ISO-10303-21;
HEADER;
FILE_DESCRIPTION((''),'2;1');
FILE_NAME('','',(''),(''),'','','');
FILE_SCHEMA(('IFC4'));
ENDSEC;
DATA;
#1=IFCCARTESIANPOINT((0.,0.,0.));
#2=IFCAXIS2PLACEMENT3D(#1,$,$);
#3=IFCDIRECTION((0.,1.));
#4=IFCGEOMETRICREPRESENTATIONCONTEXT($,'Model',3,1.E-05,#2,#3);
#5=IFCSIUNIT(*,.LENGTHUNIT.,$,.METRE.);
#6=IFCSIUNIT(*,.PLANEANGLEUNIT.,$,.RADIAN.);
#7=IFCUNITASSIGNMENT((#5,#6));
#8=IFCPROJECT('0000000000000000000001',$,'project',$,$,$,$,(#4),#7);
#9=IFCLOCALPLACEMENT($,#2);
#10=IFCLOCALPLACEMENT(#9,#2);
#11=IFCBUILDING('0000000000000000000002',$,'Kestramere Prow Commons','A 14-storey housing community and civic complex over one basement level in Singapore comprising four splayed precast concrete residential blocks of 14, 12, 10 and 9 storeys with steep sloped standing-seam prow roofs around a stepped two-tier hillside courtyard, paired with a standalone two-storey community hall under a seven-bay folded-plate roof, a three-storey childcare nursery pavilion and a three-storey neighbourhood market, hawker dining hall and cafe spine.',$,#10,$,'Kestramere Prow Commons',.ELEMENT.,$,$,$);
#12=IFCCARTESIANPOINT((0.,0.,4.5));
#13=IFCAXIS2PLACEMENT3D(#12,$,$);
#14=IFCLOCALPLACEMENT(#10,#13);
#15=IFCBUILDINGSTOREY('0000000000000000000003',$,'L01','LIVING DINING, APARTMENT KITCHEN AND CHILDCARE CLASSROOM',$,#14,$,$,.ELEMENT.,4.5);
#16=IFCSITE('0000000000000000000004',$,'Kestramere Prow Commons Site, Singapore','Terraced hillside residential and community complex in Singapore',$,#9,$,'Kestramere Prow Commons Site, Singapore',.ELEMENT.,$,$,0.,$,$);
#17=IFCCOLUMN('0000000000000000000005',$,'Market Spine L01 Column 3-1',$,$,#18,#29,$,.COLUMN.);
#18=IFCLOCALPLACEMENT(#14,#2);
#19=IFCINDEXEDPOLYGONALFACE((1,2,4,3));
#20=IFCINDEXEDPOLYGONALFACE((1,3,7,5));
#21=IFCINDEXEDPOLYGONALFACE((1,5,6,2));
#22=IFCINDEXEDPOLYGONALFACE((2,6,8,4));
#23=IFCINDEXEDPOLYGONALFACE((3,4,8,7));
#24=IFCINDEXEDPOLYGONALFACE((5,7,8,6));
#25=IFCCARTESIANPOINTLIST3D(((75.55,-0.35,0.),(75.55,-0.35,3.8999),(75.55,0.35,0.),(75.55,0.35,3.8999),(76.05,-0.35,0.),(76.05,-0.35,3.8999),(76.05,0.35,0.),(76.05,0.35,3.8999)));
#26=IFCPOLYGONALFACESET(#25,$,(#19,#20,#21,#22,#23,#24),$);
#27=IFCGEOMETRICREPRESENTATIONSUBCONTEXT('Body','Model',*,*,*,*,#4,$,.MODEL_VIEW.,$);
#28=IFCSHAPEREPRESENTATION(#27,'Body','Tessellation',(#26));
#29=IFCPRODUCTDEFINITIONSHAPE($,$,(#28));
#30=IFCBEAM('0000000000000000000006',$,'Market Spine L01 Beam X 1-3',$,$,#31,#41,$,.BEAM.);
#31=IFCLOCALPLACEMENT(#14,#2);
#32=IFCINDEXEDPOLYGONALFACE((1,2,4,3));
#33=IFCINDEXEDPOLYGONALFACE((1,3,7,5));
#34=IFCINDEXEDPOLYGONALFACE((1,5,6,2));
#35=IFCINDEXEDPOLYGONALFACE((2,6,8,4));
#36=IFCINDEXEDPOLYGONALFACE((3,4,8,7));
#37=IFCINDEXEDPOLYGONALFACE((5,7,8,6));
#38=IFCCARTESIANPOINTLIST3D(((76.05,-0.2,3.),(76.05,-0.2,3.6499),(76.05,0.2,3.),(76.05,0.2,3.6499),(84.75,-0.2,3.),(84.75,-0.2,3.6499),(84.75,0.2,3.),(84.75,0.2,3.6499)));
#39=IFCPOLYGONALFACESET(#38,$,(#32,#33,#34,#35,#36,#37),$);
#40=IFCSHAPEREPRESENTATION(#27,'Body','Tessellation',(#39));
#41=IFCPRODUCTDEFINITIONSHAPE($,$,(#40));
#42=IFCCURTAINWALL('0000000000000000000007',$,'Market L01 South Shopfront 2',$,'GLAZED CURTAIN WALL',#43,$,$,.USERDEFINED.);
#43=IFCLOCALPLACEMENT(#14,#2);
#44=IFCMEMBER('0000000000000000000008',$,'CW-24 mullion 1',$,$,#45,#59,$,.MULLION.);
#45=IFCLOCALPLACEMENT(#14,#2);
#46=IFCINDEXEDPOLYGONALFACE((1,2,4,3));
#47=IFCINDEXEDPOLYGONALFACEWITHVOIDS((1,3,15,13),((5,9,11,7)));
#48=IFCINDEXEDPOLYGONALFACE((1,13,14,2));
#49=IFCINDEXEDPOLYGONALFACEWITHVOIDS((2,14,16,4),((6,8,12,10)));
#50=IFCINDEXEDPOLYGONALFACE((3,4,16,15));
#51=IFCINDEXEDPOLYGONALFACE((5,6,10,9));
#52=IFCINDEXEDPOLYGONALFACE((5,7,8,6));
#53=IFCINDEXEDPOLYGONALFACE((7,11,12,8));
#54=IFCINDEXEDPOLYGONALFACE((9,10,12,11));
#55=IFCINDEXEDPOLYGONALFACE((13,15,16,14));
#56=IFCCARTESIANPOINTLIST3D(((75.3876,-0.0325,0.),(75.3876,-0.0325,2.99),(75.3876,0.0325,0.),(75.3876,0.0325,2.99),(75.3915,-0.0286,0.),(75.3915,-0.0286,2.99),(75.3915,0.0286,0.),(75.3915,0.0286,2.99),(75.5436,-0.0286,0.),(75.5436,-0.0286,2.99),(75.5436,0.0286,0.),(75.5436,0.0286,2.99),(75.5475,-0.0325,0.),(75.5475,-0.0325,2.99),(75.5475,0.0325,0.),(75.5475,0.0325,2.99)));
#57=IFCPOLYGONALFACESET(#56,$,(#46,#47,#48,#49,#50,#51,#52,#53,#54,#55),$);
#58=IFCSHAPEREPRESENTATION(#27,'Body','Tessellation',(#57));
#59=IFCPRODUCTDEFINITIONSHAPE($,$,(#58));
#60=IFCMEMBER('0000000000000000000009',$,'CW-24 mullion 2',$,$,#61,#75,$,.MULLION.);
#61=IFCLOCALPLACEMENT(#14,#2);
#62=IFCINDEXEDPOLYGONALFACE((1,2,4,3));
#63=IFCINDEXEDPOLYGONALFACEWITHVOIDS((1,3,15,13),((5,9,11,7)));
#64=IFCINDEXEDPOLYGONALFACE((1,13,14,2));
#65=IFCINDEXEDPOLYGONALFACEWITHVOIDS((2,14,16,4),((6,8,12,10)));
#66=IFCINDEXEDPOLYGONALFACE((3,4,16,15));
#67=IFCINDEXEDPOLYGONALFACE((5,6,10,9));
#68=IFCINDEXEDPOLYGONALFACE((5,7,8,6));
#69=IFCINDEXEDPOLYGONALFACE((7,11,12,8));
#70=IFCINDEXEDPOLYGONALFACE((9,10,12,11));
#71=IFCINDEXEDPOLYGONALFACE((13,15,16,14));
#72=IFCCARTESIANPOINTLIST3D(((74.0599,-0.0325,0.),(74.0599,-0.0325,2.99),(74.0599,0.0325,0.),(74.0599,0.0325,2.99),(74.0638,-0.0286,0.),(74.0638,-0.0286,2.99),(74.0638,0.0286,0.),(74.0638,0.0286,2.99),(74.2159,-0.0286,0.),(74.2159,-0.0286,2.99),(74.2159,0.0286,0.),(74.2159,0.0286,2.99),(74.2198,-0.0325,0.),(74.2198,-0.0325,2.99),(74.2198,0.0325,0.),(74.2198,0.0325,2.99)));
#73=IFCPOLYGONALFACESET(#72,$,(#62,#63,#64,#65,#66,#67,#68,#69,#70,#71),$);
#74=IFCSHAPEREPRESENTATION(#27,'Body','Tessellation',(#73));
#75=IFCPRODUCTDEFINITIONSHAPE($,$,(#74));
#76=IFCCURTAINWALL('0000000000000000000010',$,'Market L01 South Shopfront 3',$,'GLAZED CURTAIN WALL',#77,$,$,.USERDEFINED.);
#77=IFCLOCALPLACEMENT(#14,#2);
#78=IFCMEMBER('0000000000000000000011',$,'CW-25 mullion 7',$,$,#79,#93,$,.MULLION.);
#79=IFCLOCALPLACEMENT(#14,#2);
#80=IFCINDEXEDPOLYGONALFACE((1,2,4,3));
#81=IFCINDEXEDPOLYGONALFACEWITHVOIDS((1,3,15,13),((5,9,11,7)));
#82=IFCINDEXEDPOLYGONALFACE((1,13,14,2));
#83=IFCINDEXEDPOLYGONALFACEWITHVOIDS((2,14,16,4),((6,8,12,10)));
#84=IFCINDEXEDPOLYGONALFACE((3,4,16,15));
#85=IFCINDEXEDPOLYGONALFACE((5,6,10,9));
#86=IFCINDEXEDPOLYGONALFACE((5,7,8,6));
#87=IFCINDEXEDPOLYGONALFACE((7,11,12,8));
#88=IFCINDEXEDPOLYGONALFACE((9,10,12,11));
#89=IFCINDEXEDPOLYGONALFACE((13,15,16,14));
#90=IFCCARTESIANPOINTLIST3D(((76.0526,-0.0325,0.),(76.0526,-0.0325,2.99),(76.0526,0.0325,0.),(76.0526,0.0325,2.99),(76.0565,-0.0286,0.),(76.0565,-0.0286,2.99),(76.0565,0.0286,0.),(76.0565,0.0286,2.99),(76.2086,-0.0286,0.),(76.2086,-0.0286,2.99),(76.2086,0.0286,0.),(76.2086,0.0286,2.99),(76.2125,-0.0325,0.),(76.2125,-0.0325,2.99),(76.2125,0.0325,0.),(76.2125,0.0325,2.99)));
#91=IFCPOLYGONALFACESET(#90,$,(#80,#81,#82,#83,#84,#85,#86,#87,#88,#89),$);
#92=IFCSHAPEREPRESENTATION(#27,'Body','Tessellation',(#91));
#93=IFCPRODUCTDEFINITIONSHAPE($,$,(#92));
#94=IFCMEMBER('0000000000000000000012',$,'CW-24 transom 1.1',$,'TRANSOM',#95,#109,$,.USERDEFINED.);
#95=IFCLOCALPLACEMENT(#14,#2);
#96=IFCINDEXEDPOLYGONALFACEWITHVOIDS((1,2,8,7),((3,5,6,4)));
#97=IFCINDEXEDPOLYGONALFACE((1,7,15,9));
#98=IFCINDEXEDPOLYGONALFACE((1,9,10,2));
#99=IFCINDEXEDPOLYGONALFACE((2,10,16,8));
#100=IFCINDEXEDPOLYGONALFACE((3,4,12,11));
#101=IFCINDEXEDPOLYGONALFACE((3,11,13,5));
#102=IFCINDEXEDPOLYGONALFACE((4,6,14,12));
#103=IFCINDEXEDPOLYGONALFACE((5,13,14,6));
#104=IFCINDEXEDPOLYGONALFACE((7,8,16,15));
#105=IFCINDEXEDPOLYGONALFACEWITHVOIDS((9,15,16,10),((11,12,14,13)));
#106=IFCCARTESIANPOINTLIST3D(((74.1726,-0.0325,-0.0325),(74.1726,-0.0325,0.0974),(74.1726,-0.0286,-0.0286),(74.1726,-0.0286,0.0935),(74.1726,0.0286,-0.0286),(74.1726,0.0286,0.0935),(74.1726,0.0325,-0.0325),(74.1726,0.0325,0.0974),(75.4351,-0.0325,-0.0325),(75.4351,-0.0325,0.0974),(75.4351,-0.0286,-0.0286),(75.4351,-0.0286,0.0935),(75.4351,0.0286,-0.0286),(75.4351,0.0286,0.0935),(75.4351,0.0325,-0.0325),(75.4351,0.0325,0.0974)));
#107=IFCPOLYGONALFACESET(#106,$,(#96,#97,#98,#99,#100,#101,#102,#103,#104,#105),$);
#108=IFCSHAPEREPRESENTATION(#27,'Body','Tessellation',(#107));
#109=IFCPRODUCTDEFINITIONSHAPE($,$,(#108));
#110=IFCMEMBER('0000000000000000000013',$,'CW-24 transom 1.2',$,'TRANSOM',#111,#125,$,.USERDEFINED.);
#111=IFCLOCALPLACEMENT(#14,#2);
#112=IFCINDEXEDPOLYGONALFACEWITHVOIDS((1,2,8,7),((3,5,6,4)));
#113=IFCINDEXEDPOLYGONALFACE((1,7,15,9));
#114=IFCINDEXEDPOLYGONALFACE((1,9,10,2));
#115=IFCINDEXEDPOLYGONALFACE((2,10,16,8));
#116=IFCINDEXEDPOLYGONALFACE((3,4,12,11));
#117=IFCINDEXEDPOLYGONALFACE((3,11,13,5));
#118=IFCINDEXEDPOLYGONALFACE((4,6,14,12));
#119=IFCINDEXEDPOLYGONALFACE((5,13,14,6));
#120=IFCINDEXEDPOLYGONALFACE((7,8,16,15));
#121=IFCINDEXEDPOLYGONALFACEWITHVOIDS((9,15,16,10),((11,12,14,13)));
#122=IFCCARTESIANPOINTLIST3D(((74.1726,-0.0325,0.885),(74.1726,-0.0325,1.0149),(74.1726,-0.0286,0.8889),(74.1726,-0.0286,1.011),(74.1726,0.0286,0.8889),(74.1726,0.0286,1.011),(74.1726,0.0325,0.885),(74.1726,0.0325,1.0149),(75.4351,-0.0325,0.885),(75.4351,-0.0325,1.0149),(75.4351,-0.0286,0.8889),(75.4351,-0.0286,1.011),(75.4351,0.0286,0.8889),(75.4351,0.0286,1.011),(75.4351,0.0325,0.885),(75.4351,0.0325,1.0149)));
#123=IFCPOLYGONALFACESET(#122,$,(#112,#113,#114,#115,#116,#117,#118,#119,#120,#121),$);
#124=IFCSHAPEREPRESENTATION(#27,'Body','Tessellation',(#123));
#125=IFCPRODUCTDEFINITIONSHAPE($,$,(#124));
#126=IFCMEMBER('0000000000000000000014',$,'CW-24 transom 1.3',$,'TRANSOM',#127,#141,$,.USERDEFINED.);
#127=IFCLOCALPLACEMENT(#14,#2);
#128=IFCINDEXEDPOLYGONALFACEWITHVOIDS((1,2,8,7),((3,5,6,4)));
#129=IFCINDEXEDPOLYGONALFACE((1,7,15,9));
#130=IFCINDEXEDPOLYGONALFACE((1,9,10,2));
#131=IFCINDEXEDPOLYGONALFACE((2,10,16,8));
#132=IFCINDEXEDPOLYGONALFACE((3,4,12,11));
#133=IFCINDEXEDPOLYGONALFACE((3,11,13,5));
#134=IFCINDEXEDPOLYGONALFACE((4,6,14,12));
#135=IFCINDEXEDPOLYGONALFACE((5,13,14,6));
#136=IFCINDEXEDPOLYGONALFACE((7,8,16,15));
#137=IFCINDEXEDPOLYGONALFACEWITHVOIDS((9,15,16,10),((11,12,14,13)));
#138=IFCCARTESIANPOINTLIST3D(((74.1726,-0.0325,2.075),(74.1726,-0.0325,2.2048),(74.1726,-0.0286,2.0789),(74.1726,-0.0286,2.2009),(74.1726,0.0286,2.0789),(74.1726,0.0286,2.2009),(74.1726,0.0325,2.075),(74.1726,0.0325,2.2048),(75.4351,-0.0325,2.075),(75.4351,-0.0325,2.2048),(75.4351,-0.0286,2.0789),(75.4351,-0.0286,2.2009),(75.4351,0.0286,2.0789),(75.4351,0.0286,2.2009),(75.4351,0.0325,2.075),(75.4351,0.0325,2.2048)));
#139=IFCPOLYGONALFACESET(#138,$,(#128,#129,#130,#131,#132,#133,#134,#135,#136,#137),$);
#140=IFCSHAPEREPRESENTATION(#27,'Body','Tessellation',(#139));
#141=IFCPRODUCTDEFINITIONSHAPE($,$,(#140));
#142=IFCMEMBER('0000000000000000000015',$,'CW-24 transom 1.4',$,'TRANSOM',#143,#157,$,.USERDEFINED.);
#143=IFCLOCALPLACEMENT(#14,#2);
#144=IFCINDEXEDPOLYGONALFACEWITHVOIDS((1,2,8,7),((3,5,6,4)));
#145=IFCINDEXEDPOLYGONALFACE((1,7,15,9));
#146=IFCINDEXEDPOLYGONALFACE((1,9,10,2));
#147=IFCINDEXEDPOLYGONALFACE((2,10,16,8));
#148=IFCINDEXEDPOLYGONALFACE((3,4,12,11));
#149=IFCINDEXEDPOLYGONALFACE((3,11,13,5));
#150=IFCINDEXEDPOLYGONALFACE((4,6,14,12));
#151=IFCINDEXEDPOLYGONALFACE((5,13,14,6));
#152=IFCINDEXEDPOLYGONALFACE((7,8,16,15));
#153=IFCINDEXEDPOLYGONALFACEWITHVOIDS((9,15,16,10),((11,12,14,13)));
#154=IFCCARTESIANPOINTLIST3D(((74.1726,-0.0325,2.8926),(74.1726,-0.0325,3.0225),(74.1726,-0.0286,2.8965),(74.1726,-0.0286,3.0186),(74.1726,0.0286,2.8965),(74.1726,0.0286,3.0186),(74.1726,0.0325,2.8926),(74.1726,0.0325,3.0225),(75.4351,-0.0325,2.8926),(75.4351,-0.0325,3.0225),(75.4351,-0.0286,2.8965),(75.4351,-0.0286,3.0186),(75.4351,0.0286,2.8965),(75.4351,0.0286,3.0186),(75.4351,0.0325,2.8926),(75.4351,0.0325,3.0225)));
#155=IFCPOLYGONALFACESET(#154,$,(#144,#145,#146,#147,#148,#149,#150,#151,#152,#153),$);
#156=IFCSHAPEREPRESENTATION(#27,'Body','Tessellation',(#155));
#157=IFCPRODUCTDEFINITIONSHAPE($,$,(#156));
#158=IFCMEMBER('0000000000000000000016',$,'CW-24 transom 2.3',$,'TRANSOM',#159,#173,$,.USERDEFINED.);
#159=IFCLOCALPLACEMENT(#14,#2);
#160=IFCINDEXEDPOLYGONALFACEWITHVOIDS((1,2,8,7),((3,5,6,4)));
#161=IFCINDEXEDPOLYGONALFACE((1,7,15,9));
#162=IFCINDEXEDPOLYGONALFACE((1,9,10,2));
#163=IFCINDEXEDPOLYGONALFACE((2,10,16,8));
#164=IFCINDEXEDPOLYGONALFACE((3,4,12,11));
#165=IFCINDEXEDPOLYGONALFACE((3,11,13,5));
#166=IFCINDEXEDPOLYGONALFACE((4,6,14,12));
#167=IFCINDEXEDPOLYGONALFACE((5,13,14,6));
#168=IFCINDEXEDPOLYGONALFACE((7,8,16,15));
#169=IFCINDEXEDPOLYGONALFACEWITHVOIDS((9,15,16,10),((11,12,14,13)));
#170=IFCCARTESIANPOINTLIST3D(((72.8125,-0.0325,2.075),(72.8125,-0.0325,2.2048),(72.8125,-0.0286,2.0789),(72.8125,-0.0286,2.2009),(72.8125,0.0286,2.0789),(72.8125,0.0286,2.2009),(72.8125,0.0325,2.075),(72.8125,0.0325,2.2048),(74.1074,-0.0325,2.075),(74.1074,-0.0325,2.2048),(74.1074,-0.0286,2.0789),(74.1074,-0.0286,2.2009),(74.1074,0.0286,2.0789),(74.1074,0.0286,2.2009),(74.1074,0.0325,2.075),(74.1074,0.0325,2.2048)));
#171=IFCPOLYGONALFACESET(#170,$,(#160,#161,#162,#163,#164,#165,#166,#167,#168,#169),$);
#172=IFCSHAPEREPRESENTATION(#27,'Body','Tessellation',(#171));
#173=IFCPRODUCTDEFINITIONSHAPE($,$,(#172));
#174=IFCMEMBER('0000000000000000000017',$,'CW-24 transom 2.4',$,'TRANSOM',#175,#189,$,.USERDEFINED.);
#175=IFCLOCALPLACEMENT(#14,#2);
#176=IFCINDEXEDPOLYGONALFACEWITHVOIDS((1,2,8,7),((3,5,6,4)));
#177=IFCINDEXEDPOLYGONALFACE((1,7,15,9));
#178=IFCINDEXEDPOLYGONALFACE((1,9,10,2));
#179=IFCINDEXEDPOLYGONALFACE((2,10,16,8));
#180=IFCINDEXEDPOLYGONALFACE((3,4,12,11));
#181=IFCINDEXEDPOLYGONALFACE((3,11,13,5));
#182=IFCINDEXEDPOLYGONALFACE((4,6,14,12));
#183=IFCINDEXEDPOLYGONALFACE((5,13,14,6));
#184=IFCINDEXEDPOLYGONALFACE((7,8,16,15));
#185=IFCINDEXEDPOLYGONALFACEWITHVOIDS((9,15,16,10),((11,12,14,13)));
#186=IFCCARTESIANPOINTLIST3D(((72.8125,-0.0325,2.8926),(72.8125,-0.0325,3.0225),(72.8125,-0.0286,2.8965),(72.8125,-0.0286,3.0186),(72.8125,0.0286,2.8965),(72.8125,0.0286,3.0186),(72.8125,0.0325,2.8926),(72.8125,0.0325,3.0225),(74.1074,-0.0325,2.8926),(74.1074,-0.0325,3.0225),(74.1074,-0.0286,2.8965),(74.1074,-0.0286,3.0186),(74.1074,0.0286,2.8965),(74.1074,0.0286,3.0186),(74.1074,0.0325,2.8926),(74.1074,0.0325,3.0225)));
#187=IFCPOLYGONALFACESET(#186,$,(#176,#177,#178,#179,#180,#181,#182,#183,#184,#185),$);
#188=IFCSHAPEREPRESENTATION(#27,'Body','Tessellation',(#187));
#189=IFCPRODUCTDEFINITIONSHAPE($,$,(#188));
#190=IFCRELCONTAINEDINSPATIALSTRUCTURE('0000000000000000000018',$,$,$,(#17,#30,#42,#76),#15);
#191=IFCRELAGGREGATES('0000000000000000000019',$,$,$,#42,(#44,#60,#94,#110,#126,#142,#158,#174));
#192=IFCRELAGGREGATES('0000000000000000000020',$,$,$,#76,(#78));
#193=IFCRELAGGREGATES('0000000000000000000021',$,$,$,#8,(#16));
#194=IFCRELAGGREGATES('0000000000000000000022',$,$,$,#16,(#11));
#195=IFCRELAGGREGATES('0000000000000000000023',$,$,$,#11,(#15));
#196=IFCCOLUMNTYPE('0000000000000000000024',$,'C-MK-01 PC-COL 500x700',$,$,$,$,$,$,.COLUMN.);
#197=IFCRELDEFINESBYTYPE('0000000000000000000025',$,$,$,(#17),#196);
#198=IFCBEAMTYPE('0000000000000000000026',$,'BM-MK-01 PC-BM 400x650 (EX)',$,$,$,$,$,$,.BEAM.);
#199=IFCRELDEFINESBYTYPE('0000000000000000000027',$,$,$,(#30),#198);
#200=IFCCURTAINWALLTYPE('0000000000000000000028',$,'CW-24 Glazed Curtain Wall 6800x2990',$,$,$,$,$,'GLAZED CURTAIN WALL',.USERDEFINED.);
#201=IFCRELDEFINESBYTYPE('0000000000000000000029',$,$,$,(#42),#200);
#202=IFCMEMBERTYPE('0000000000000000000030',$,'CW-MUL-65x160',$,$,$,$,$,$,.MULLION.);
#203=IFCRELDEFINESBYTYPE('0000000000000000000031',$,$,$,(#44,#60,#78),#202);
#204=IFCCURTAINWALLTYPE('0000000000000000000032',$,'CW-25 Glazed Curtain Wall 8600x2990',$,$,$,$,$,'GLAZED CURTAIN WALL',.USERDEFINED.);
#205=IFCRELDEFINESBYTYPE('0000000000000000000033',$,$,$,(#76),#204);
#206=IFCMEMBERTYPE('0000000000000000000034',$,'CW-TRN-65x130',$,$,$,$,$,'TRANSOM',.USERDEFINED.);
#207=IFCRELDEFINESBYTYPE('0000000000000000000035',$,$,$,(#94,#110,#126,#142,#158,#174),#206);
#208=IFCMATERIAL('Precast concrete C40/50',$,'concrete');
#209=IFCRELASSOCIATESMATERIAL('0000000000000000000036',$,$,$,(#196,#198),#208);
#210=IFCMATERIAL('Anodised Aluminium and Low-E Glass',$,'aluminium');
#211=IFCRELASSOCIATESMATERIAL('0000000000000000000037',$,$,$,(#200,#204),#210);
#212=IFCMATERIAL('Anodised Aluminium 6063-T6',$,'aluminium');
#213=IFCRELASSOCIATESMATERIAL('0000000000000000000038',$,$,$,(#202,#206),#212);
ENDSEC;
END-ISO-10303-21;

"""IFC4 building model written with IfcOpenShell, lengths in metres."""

from ifc_helpers import new_model, si_unit, direction, frame, origin, origin_2d, place, context, subcontext, project, spatial, rectangle, hollow_rectangle, extrude, material, material_profile, profile_set, type_object, element, aggregate, save


model = new_model("IFC4")

# Units and contexts
model_context = context("Model", 3, precision=1e-05, world=origin(), true_north=direction((0.0, 1.0)))
body_context = subcontext(model_context, "Body", "Model", "MODEL_VIEW")
ifc_project = project(units=[si_unit("LENGTHUNIT", "METRE"), si_unit("PLANEANGLEUNIT", "RADIAN")], contexts=[model_context])

# Site, building, storey
site_placement = place(None, origin())
site = spatial("IfcSite", under=ifc_project, at=site_placement, Name="Kestramere Prow Commons Site, Singapore", Description="Terraced hillside residential and community complex in Singapore", LongName="Kestramere Prow Commons Site, Singapore", CompositionType="ELEMENT", RefElevation=0.0)
building_placement = place(site_placement, origin())
building = spatial("IfcBuilding", under=site, at=building_placement, Name="Kestramere Prow Commons", Description="A 14-storey housing community and civic complex over one basement level in Singapore comprising four splayed precast concrete residential blocks of 14, 12, 10 and 9 storeys with steep sloped standing-seam prow roofs around a stepped two-tier hillside courtyard, paired with a standalone two-storey community hall under a seven-bay folded-plate roof, a three-storey childcare nursery pavilion and a three-storey neighbourhood market, hawker dining hall and cafe spine.", LongName="Kestramere Prow Commons", CompositionType="ELEMENT")
storey_placement = place(building_placement, frame((0.0, 0.0, 4.5)))
storey = spatial("IfcBuildingStorey", under=building, at=storey_placement, Name="L01", Description="LIVING DINING, APARTMENT KITCHEN AND CHILDCARE CLASSROOM", CompositionType="ELEMENT", Elevation=4.5)

# Column
ifc_material_1 = material(Name="Precast concrete C40/50", Category="concrete")
ifc_material_profile_1 = material_profile(ifc_material_1, rectangle(XDim=0.5, YDim=0.7, at=origin_2d()), Name="PC-COL 500x700")
ifc_profile_set_1 = profile_set([ifc_material_profile_1], Name="Precast concrete C40/50")
column_type = type_object("IfcColumnType", Name="C-MK-01 PC-COL 500x700", PredefinedType="COLUMN", material=ifc_profile_set_1)
column_placement = place(storey_placement, frame((75.8, 0.0, 0.0), z_axis=(0.0, 0.0, 1.0), x_axis=(1.0, 0.0, 0.0)))
element("IfcColumn", 1, at=column_placement, inside=storey, type_object=column_type, Name="Market Spine L01 Column 3-1", PredefinedType="COLUMN", context=body_context, shape_type="SweptSolid", body=[
    extrude(rectangle(XDim=0.5, YDim=0.7, at=origin_2d()), origin(), (0.0, 0.0, 1.0), 3.8999),
])

# Beam
ifc_material_profile_2 = material_profile(ifc_material_1, rectangle(XDim=0.3999, YDim=0.6499, at=origin_2d()), Name="PC-BM 400x650")
ifc_profile_set_2 = profile_set([ifc_material_profile_2], Name="Precast concrete C40/50")
beam_type = type_object("IfcBeamType", Name="BM-MK-01 PC-BM 400x650 (EX)", PredefinedType="BEAM", material=ifc_profile_set_2)
beam_placement = place(storey_placement, frame((76.05, 0.0, 3.325), z_axis=(1.0, 0.0, 0.0), x_axis=(0.0, 1.0, 0.0)))
element("IfcBeam", 2, at=beam_placement, inside=storey, type_object=beam_type, Name="Market Spine L01 Beam X 1-3", PredefinedType="BEAM", context=body_context, shape_type="SweptSolid", body=[
    extrude(rectangle(XDim=0.3999, YDim=0.6499, at=origin_2d()), origin(), (0.0, 0.0, 1.0), 8.7),
])

# Curtain wall, members
ifc_material_2 = material(Name="Anodised Aluminium and Low-E Glass", Category="aluminium")
curtain_wall_type_1 = type_object("IfcCurtainWallType", Name="CW-24 Glazed Curtain Wall 6800x2990", ElementType="GLAZED CURTAIN WALL", PredefinedType="USERDEFINED", material=ifc_material_2)
curtain_wall_1_placement = place(storey_placement, origin())
curtain_wall_1 = element("IfcCurtainWall", 3, at=curtain_wall_1_placement, inside=storey, type_object=curtain_wall_type_1, Name="Market L01 South Shopfront 2", ObjectType="GLAZED CURTAIN WALL", PredefinedType="USERDEFINED")
ifc_material_3 = material(Name="Anodised Aluminium 6063-T6", Category="aluminium")
ifc_material_profile_3 = material_profile(ifc_material_3, hollow_rectangle(XDim=0.0649, YDim=0.1599, WallThickness=0.0039, at=origin_2d()), Name="ALU-MUL 65x160")
ifc_profile_set_3 = profile_set([ifc_material_profile_3], Name="Anodised Aluminium 6063-T6")
member_type_1 = type_object("IfcMemberType", Name="CW-MUL-65x160", PredefinedType="MULLION", material=ifc_profile_set_3)
member_1_placement = place(storey_placement, frame((75.4675, 0.0, 0.0), z_axis=(0.0, 0.0, 1.0), x_axis=(0.0, -1.0, 0.0)))
member_1 = element("IfcMember", 4, at=member_1_placement, type_object=member_type_1, Name="CW-24 mullion 1", PredefinedType="MULLION", context=body_context, shape_type="SweptSolid", body=[
    extrude(hollow_rectangle(XDim=0.0649, YDim=0.1599, WallThickness=0.0039, at=origin_2d()), origin(), (0.0, 0.0, 1.0), 2.99),
])
member_2_placement = place(storey_placement, frame((74.1399, 0.0, 0.0), z_axis=(0.0, 0.0, 1.0), x_axis=(0.0, -1.0, 0.0)))
member_2 = element("IfcMember", 5, at=member_2_placement, type_object=member_type_1, Name="CW-24 mullion 2", PredefinedType="MULLION", context=body_context, shape_type="SweptSolid", body=[
    extrude(hollow_rectangle(XDim=0.0649, YDim=0.1599, WallThickness=0.0039, at=origin_2d()), origin(), (0.0, 0.0, 1.0), 2.99),
])

# Curtain wall, member
curtain_wall_type_2 = type_object("IfcCurtainWallType", Name="CW-25 Glazed Curtain Wall 8600x2990", ElementType="GLAZED CURTAIN WALL", PredefinedType="USERDEFINED", material=ifc_material_2)
curtain_wall_2_placement = place(storey_placement, origin())
curtain_wall_2 = element("IfcCurtainWall", 6, at=curtain_wall_2_placement, inside=storey, type_object=curtain_wall_type_2, Name="Market L01 South Shopfront 3", ObjectType="GLAZED CURTAIN WALL", PredefinedType="USERDEFINED")
member_3_placement = place(storey_placement, frame((76.1326, 0.0, 0.0), z_axis=(0.0, 0.0, 1.0), x_axis=(0.0, -1.0, 0.0)))
member_3 = element("IfcMember", 7, at=member_3_placement, type_object=member_type_1, Name="CW-25 mullion 7", PredefinedType="MULLION", context=body_context, shape_type="SweptSolid", body=[
    extrude(hollow_rectangle(XDim=0.0649, YDim=0.1599, WallThickness=0.0039, at=origin_2d()), origin(), (0.0, 0.0, 1.0), 2.99),
])

# Members
ifc_material_profile_4 = material_profile(ifc_material_3, hollow_rectangle(XDim=0.0649, YDim=0.1299, WallThickness=0.0039, at=origin_2d()), Name="ALU-TRN 65x130")
ifc_profile_set_4 = profile_set([ifc_material_profile_4], Name="Anodised Aluminium 6063-T6")
member_type_2 = type_object("IfcMemberType", Name="CW-TRN-65x130", ElementType="TRANSOM", PredefinedType="USERDEFINED", material=ifc_profile_set_4)
member_4_placement = place(storey_placement, frame((75.4351, 0.0, 0.0325), z_axis=(-1.0, 0.0, 0.0), x_axis=(0.0, -1.0, 0.0)))
member_4 = element("IfcMember", 8, at=member_4_placement, type_object=member_type_2, Name="CW-24 transom 1.1", ObjectType="TRANSOM", PredefinedType="USERDEFINED", context=body_context, shape_type="SweptSolid", body=[
    extrude(hollow_rectangle(XDim=0.0649, YDim=0.1299, WallThickness=0.0039, at=origin_2d()), origin(), (0.0, 0.0, 1.0), 1.2625),
])
member_5_placement = place(storey_placement, frame((75.4351, 0.0, 0.95), z_axis=(-1.0, 0.0, 0.0), x_axis=(0.0, -1.0, 0.0)))
member_5 = element("IfcMember", 9, at=member_5_placement, type_object=member_type_2, Name="CW-24 transom 1.2", ObjectType="TRANSOM", PredefinedType="USERDEFINED", context=body_context, shape_type="SweptSolid", body=[
    extrude(hollow_rectangle(XDim=0.0649, YDim=0.1299, WallThickness=0.0039, at=origin_2d()), origin(), (0.0, 0.0, 1.0), 1.2625),
])
member_6_placement = place(storey_placement, frame((75.4351, 0.0, 2.1399), z_axis=(-1.0, 0.0, 0.0), x_axis=(0.0, -1.0, 0.0)))
member_6 = element("IfcMember", 10, at=member_6_placement, type_object=member_type_2, Name="CW-24 transom 1.3", ObjectType="TRANSOM", PredefinedType="USERDEFINED", context=body_context, shape_type="SweptSolid", body=[
    extrude(hollow_rectangle(XDim=0.0649, YDim=0.1299, WallThickness=0.0039, at=origin_2d()), origin(), (0.0, 0.0, 1.0), 1.2625),
])
member_7_placement = place(storey_placement, frame((75.4351, 0.0, 2.9575), z_axis=(-1.0, 0.0, 0.0), x_axis=(0.0, -1.0, 0.0)))
member_7 = element("IfcMember", 11, at=member_7_placement, type_object=member_type_2, Name="CW-24 transom 1.4", ObjectType="TRANSOM", PredefinedType="USERDEFINED", context=body_context, shape_type="SweptSolid", body=[
    extrude(hollow_rectangle(XDim=0.0649, YDim=0.1299, WallThickness=0.0039, at=origin_2d()), origin(), (0.0, 0.0, 1.0), 1.2625),
])
member_8_placement = place(storey_placement, frame((74.1074, 0.0, 2.1399), z_axis=(-1.0, 0.0, 0.0), x_axis=(0.0, -1.0, 0.0)))
member_8 = element("IfcMember", 12, at=member_8_placement, type_object=member_type_2, Name="CW-24 transom 2.3", ObjectType="TRANSOM", PredefinedType="USERDEFINED", context=body_context, shape_type="SweptSolid", body=[
    extrude(hollow_rectangle(XDim=0.0649, YDim=0.1299, WallThickness=0.0039, at=origin_2d()), origin(), (0.0, 0.0, 1.0), 1.2949),
])
member_9_placement = place(storey_placement, frame((74.1074, 0.0, 2.9575), z_axis=(-1.0, 0.0, 0.0), x_axis=(0.0, -1.0, 0.0)))
member_9 = element("IfcMember", 13, at=member_9_placement, type_object=member_type_2, Name="CW-24 transom 2.4", ObjectType="TRANSOM", PredefinedType="USERDEFINED", context=body_context, shape_type="SweptSolid", body=[
    extrude(hollow_rectangle(XDim=0.0649, YDim=0.1299, WallThickness=0.0039, at=origin_2d()), origin(), (0.0, 0.0, 1.0), 1.2949),
])

aggregate(curtain_wall_1, [member_1, member_2, member_4, member_5, member_6, member_7, member_8, member_9])
aggregate(curtain_wall_2, [member_3])

save(model, "model.ifc")
